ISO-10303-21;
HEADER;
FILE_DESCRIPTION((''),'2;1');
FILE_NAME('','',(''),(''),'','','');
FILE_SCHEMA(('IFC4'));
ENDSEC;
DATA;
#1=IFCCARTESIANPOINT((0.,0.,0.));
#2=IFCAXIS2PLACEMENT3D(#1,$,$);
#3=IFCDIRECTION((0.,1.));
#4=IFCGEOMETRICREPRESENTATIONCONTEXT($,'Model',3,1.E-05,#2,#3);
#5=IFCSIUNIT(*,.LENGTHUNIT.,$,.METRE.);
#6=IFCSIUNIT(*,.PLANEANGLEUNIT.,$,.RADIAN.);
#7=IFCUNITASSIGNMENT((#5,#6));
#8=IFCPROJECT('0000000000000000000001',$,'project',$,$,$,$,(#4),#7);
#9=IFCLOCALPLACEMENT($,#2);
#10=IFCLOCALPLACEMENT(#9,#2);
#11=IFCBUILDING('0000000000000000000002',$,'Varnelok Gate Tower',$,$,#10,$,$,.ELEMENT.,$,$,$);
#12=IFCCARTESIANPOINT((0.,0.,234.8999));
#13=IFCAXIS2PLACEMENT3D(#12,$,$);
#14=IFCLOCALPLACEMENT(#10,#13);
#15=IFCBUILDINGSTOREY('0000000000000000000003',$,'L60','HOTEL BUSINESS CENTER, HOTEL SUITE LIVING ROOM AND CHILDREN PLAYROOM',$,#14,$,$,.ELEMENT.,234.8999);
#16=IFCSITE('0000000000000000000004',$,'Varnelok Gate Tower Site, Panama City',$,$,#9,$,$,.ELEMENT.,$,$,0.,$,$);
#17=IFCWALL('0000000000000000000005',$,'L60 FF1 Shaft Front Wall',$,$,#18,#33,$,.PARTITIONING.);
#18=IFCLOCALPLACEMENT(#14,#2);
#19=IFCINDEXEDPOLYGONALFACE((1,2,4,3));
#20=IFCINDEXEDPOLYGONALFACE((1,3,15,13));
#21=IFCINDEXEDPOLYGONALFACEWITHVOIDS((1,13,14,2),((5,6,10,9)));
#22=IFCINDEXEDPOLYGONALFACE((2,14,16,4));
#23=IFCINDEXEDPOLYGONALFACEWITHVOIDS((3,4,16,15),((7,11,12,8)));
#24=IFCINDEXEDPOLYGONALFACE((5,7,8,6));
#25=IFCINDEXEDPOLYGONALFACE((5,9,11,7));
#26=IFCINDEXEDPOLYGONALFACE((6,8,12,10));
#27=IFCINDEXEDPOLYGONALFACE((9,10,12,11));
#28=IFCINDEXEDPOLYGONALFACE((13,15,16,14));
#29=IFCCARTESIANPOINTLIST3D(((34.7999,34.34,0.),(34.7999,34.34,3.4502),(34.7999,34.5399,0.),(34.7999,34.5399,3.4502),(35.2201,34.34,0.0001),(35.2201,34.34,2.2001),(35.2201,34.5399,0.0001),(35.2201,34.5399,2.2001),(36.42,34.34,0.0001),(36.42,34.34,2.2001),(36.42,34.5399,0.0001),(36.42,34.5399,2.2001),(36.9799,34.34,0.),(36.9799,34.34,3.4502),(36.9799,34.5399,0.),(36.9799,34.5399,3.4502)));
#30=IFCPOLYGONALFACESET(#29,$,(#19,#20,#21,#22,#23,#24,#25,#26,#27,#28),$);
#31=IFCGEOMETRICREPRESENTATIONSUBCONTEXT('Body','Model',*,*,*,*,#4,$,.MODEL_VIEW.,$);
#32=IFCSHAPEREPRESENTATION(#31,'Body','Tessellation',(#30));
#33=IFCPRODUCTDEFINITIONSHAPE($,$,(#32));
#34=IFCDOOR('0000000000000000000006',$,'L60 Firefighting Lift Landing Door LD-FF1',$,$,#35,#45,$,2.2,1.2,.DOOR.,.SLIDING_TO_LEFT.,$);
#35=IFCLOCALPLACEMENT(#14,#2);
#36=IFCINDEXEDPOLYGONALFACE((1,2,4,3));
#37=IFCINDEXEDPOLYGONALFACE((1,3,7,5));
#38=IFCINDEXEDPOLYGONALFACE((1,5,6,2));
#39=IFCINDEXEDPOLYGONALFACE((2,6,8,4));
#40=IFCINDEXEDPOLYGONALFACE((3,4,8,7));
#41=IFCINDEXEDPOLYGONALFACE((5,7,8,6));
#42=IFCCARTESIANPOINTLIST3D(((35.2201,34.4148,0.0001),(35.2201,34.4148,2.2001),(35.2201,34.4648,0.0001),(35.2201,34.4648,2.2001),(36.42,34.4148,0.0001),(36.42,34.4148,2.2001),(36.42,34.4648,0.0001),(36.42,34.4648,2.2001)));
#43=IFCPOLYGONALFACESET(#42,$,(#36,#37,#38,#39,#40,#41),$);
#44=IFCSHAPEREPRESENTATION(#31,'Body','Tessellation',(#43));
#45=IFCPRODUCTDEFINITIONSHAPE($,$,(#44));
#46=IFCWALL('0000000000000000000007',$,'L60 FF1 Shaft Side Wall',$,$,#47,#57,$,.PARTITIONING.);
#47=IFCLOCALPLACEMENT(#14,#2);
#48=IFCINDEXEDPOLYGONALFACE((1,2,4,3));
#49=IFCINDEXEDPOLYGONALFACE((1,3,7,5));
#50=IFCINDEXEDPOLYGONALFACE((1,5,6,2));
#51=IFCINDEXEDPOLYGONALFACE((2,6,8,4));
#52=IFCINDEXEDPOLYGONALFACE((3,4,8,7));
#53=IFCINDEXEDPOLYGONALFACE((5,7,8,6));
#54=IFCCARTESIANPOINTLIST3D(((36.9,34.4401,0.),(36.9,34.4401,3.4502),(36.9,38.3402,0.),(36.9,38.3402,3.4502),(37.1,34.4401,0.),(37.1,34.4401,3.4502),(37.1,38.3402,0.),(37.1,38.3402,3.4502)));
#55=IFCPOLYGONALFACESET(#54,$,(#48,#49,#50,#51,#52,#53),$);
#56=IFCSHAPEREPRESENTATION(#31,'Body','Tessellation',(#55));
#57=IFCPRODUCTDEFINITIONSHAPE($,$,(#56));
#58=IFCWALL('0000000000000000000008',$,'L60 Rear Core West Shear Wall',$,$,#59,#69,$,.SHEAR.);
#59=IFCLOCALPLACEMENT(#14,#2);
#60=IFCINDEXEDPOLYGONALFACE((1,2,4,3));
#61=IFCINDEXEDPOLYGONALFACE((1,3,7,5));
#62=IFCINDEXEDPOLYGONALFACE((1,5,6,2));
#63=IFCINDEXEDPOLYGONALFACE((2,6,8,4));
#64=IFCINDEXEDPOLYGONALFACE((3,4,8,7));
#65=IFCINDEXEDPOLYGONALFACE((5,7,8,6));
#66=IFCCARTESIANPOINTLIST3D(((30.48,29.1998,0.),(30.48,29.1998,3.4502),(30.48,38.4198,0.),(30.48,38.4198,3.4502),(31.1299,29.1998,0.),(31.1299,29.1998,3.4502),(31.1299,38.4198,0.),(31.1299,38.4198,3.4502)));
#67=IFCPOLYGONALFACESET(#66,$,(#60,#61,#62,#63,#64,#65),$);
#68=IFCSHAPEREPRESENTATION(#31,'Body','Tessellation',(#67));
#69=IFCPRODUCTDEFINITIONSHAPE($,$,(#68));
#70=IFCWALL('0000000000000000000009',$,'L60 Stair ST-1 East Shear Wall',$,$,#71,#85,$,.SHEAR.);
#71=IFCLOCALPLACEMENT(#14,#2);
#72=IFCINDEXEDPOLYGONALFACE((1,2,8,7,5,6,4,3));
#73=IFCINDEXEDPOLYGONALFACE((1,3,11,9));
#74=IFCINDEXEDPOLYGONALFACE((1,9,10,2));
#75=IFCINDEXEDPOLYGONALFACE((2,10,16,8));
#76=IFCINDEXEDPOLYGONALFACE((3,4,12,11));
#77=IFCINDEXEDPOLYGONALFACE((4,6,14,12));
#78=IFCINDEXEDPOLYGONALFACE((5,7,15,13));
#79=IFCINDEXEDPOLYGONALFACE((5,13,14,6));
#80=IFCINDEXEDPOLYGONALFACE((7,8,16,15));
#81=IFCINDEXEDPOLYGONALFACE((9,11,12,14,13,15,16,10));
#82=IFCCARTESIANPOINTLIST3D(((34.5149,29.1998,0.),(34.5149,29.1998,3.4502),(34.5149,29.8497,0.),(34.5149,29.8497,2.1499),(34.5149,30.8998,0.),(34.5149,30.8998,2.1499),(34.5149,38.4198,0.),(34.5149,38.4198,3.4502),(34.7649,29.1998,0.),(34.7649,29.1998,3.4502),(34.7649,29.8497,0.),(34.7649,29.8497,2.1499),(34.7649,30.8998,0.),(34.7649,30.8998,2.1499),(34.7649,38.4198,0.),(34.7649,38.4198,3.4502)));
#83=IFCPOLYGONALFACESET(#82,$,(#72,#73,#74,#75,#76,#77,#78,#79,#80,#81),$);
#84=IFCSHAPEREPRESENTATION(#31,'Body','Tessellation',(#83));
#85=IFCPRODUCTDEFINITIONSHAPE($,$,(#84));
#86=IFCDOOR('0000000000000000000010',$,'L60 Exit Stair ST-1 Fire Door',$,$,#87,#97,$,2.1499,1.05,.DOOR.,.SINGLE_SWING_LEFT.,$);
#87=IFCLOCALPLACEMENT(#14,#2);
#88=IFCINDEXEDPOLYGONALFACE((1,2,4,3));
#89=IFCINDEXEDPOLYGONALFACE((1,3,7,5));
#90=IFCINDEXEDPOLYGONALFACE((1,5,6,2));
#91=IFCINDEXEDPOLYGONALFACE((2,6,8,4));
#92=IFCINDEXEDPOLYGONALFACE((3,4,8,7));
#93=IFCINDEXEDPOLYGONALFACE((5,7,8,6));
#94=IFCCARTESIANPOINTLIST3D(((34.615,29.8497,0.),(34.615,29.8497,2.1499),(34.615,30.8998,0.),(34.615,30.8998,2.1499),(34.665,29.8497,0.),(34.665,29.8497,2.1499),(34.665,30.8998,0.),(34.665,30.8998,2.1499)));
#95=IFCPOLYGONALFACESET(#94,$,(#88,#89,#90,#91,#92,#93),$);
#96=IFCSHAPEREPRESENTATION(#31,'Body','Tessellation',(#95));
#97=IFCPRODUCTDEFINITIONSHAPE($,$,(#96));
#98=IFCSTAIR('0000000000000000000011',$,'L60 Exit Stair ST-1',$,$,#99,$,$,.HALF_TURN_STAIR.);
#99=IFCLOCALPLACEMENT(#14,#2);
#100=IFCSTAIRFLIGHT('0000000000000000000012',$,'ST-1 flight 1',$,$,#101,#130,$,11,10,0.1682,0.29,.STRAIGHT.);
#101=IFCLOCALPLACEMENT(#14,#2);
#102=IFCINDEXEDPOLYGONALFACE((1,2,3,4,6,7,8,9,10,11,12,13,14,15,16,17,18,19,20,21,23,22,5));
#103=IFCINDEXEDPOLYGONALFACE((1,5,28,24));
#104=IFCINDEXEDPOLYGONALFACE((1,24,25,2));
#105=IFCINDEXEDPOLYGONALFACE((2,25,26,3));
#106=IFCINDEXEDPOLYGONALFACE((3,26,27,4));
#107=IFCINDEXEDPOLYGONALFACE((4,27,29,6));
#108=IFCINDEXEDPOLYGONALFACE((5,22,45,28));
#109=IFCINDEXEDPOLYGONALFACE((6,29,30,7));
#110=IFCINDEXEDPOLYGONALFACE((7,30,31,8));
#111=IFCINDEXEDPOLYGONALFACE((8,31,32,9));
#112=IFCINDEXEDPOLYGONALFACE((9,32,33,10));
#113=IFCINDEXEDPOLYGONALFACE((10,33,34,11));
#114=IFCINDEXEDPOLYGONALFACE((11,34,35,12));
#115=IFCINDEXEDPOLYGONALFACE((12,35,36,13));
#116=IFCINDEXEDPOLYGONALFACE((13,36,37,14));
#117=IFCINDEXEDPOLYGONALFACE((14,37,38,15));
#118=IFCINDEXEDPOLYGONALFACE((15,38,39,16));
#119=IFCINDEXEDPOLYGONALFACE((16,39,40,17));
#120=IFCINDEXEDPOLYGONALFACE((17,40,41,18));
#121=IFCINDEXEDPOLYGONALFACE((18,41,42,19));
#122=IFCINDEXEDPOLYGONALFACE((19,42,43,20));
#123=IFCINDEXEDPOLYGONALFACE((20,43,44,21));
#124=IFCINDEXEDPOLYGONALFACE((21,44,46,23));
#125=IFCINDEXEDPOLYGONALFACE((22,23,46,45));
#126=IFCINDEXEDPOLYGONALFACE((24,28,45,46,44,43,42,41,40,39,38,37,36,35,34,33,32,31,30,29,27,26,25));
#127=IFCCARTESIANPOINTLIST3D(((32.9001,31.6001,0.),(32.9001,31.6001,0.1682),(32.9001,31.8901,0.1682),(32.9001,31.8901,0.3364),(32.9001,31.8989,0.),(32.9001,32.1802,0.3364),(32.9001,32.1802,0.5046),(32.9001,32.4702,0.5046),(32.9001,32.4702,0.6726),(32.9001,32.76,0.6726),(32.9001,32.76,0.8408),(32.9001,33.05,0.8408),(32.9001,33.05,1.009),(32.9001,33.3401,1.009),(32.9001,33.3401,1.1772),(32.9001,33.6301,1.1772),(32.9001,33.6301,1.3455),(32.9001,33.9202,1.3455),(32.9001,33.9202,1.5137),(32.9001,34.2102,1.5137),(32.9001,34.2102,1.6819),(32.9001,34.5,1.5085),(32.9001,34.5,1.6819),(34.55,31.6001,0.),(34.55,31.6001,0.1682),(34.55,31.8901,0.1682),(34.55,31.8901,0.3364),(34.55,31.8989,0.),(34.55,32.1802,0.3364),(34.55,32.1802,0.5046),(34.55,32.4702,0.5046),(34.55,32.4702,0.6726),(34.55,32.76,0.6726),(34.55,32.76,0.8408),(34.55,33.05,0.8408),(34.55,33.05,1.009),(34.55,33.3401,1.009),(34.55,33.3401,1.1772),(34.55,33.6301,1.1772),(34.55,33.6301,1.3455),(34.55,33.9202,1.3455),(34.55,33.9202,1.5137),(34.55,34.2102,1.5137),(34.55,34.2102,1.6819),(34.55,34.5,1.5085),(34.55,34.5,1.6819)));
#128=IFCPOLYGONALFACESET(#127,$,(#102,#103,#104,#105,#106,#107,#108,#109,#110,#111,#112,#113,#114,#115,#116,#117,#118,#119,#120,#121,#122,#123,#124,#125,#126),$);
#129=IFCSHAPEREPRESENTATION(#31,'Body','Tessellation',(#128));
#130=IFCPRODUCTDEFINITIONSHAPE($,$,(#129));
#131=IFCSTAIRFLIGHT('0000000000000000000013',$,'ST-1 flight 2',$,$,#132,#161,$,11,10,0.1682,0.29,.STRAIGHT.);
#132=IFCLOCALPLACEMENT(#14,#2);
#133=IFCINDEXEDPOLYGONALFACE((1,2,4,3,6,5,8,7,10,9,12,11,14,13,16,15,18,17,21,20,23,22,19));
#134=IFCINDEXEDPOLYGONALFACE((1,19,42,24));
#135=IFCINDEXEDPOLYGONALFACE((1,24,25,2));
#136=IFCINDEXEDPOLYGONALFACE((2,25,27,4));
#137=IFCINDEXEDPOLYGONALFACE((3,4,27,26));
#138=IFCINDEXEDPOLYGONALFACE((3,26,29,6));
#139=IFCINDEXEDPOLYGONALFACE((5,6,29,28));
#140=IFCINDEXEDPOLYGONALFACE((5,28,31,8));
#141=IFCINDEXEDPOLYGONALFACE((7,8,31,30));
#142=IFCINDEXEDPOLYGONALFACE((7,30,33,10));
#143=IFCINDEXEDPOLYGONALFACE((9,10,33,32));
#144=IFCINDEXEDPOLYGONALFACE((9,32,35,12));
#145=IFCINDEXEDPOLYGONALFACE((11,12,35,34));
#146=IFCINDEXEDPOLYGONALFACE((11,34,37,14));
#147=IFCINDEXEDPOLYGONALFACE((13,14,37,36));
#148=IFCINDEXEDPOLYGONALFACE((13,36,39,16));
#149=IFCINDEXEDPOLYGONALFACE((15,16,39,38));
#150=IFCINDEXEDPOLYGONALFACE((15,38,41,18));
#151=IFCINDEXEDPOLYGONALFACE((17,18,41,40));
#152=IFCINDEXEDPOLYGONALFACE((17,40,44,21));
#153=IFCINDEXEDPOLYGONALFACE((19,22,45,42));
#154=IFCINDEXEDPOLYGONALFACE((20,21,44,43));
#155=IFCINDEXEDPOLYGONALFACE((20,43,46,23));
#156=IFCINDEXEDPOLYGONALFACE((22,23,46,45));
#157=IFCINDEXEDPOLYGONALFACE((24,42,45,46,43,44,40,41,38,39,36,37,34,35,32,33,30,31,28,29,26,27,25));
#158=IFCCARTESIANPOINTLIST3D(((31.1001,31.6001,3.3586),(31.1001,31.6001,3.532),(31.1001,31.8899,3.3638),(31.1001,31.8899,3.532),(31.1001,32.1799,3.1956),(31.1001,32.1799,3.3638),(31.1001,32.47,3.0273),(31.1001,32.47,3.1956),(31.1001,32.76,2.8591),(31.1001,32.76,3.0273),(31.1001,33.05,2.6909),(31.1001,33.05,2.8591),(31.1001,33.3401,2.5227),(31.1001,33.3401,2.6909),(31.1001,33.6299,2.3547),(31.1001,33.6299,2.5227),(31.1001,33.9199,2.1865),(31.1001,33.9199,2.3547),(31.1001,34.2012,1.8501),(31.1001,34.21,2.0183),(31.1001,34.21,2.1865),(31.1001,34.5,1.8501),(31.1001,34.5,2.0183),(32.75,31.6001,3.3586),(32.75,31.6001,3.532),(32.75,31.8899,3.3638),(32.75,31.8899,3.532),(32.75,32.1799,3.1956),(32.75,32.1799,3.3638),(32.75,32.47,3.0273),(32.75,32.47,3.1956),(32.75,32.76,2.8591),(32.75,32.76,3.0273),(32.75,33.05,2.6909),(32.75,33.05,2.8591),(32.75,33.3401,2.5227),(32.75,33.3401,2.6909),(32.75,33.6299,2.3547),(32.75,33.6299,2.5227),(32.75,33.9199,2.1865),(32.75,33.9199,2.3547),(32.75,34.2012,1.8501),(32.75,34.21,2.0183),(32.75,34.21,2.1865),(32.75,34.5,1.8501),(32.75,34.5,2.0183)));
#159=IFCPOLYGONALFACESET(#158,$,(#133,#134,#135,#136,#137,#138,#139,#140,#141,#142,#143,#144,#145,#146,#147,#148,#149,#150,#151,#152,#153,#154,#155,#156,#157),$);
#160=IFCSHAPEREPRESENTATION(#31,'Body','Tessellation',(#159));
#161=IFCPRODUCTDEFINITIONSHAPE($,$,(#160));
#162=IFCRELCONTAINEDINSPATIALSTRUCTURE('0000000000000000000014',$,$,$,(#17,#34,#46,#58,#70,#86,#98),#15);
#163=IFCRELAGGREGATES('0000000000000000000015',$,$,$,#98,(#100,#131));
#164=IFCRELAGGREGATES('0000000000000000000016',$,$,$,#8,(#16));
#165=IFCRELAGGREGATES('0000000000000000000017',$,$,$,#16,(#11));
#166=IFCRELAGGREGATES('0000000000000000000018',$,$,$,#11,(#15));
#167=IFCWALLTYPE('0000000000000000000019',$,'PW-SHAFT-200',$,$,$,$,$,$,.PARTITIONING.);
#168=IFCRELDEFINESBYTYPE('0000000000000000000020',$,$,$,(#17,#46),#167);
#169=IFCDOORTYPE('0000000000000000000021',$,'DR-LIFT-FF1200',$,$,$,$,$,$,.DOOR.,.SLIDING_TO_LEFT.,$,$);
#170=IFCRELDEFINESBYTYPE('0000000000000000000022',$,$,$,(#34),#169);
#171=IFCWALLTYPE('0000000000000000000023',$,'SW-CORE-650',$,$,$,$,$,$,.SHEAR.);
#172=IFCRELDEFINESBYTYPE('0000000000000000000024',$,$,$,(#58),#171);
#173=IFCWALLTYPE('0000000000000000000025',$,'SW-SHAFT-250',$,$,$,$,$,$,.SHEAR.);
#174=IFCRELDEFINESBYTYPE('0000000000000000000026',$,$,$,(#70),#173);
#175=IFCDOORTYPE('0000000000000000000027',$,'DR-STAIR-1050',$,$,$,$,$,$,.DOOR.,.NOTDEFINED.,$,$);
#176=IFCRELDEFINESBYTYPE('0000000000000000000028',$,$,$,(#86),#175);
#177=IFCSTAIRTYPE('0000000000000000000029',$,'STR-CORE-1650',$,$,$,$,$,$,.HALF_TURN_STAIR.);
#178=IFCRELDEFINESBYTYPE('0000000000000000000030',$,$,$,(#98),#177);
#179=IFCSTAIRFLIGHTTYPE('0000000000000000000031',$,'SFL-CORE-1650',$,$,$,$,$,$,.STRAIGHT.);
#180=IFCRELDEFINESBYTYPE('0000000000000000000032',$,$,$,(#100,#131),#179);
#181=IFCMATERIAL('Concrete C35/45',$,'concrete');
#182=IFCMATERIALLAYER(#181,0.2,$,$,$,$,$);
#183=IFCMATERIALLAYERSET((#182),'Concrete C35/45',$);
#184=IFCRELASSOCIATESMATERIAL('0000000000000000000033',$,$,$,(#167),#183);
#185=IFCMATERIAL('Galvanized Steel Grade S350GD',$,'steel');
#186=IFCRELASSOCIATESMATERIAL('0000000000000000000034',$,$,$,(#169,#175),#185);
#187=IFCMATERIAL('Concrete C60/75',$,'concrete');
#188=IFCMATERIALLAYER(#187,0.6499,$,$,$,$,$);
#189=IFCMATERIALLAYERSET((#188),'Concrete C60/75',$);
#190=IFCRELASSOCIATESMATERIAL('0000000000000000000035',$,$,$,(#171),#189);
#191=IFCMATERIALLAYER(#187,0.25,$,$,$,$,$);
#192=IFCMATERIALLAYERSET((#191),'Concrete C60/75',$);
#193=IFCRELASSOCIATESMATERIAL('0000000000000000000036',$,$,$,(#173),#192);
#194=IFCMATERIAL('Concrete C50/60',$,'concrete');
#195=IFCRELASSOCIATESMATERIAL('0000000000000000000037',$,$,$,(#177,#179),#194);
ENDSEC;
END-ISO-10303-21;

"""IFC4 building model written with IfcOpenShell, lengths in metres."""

from ifc_helpers import new_model, si_unit, direction, frame, frame_2d, origin, place, context, subcontext, project, spatial, polyline, rectangle, outline, extrude, material, layer, layer_set, type_object, element, fill, aggregate, save


model = new_model("IFC4")

# Units and contexts
model_context = context("Model", 3, precision=1e-05, world=origin(), true_north=direction((0.0, 1.0)))
body_context = subcontext(model_context, "Body", "Model", "MODEL_VIEW")
ifc_project = project(units=[si_unit("LENGTHUNIT", "METRE"), si_unit("PLANEANGLEUNIT", "RADIAN")], contexts=[model_context])

# Site, building, storey
site_placement = place(None, origin())
site = spatial("IfcSite", under=ifc_project, at=site_placement, Name="Varnelok Gate Tower Site, Panama City", CompositionType="ELEMENT", RefElevation=0.0)
building_placement = place(site_placement, origin())
building = spatial("IfcBuilding", under=site, at=building_placement, Name="Varnelok Gate Tower", CompositionType="ELEMENT")
storey_placement = place(building_placement, frame((0.0, 0.0, 234.8999)))
storey = spatial("IfcBuildingStorey", under=building, at=storey_placement, Name="L60", Description="HOTEL BUSINESS CENTER, HOTEL SUITE LIVING ROOM AND CHILDREN PLAYROOM", CompositionType="ELEMENT", Elevation=234.8999)

# Shared definitions
ifc_material_1 = material(Name="Concrete C60/75", Category="concrete")

# Wall, opening, door
ifc_material_2 = material(Name="Concrete C35/45", Category="concrete")
ifc_layer_1 = layer(ifc_material_2, 0.2)
ifc_layer_set_1 = layer_set([ifc_layer_1], Name="Concrete C35/45")
wall_type_1 = type_object("IfcWallType", Name="PW-SHAFT-200", PredefinedType="PARTITIONING", material=ifc_layer_set_1)
wall_1_placement = place(storey_placement, frame((34.8, 34.4399, 0.0), z_axis=(0.0, 0.0, 1.0), x_axis=(1.0, 0.0, 0.0)))
wall_1 = element("IfcWall", 1, at=wall_1_placement, inside=storey, type_object=wall_type_1, Name="L60 FF1 Shaft Front Wall", PredefinedType="PARTITIONING", context=body_context, shape_type="SweptSolid", body=[
    extrude(rectangle(XDim=2.1799, YDim=0.2, at=frame_2d((1.0898, 0.0))), origin(), (0.0, 0.0, 1.0), 3.4502),
])
opening_1_placement = place(wall_1_placement, frame((0.4199, 0.0, 0.0)))
opening_1 = element("IfcOpeningElement", 2, at=opening_1_placement, cuts=wall_1, PredefinedType="OPENING", context=body_context, shape_type="SweptSolid", body=[
    extrude(rectangle(XDim=1.2, YDim=2.2, at=frame_2d((0.6001, 1.1001))), frame((0.0, 0.1099, 0.0), z_axis=(0.0, -1.0, 0.0), x_axis=(1.0, 0.0, 0.0)), (0.0, 0.0, 1.0), 0.22),
])
ifc_material_3 = material(Name="Galvanized Steel Grade S350GD", Category="steel")
door_type_1 = type_object("IfcDoorType", Name="DR-LIFT-FF1200", OperationType="SLIDING_TO_LEFT", PredefinedType="DOOR", material=ifc_material_3)
door_1_placement = place(opening_1_placement, origin())
door_1 = element("IfcDoor", 3, at=door_1_placement, inside=storey, type_object=door_type_1, Name="L60 Firefighting Lift Landing Door LD-FF1", OperationType="SLIDING_TO_LEFT", OverallHeight=2.2, OverallWidth=1.2, PredefinedType="DOOR", context=body_context, shape_type="SweptSolid", body=[
    extrude(rectangle(XDim=1.2, YDim=2.2, at=frame_2d((0.6001, 1.1001))), frame((0.0, 0.0249, 0.0), z_axis=(0.0, -1.0, 0.0), x_axis=(1.0, 0.0, 0.0)), (0.0, 0.0, 1.0), 0.05),
])
fill(opening_1, door_1)

# Walls
wall_2_placement = place(storey_placement, frame((37.0, 34.4399, 0.0), z_axis=(0.0, 0.0, 1.0), x_axis=(0.0, 1.0, 0.0)))
element("IfcWall", 4, at=wall_2_placement, inside=storey, type_object=wall_type_1, Name="L60 FF1 Shaft Side Wall", PredefinedType="PARTITIONING", context=body_context, shape_type="SweptSolid", body=[
    extrude(rectangle(XDim=3.9001, YDim=0.2, at=frame_2d((1.9502, 0.0))), origin(), (0.0, 0.0, 1.0), 3.4502),
])
ifc_layer_2 = layer(ifc_material_1, 0.6499)
ifc_layer_set_2 = layer_set([ifc_layer_2], Name="Concrete C60/75")
wall_type_2 = type_object("IfcWallType", Name="SW-CORE-650", PredefinedType="SHEAR", material=ifc_layer_set_2)
wall_3_placement = place(storey_placement, frame((30.8049, 29.2, 0.0), z_axis=(0.0, 0.0, 1.0), x_axis=(0.0, 1.0, 0.0)))
element("IfcWall", 5, at=wall_3_placement, inside=storey, type_object=wall_type_2, Name="L60 Rear Core West Shear Wall", PredefinedType="SHEAR", context=body_context, shape_type="SweptSolid", body=[
    extrude(rectangle(XDim=9.22, YDim=0.6499, at=frame_2d((4.6099, 0.0))), origin(), (0.0, 0.0, 1.0), 3.4502),
])

# Wall, opening, door
ifc_layer_3 = layer(ifc_material_1, 0.25)
ifc_layer_set_3 = layer_set([ifc_layer_3], Name="Concrete C60/75")
wall_type_3 = type_object("IfcWallType", Name="SW-SHAFT-250", PredefinedType="SHEAR", material=ifc_layer_set_3)
wall_4_placement = place(storey_placement, frame((34.6399, 29.2, 0.0), z_axis=(0.0, 0.0, 1.0), x_axis=(0.0, 1.0, 0.0)))
wall_4 = element("IfcWall", 6, at=wall_4_placement, inside=storey, type_object=wall_type_3, Name="L60 Stair ST-1 East Shear Wall", PredefinedType="SHEAR", context=body_context, shape_type="SweptSolid", body=[
    extrude(rectangle(XDim=9.22, YDim=0.25, at=frame_2d((4.6099, 0.0))), origin(), (0.0, 0.0, 1.0), 3.4502),
])
opening_2_placement = place(wall_4_placement, frame((0.6499, 0.0, 0.0)))
opening_2 = element("IfcOpeningElement", 7, at=opening_2_placement, cuts=wall_4, PredefinedType="OPENING", context=body_context, shape_type="SweptSolid", body=[
    extrude(rectangle(XDim=1.05, YDim=2.1499, at=frame_2d((0.5249, 1.075))), frame((0.0, 0.135, 0.0), z_axis=(0.0, -1.0, 0.0), x_axis=(1.0, 0.0, 0.0)), (0.0, 0.0, 1.0), 0.27),
])
door_type_2 = type_object("IfcDoorType", Name="DR-STAIR-1050", OperationType="NOTDEFINED", PredefinedType="DOOR", material=ifc_material_3)
door_2_placement = place(opening_2_placement, origin())
door_2 = element("IfcDoor", 8, at=door_2_placement, inside=storey, type_object=door_type_2, Name="L60 Exit Stair ST-1 Fire Door", OperationType="SINGLE_SWING_LEFT", OverallHeight=2.1499, OverallWidth=1.05, PredefinedType="DOOR", context=body_context, shape_type="SweptSolid", body=[
    extrude(rectangle(XDim=1.05, YDim=2.1499, at=frame_2d((0.5249, 1.075))), frame((0.0, 0.0249, 0.0), z_axis=(0.0, -1.0, 0.0), x_axis=(1.0, 0.0, 0.0)), (0.0, 0.0, 1.0), 0.05),
])
fill(opening_2, door_2)

# Stair, stair flights
ifc_material_4 = material(Name="Concrete C50/60", Category="concrete")
stair_type = type_object("IfcStairType", Name="STR-CORE-1650", PredefinedType="HALF_TURN_STAIR", material=ifc_material_4)
stair_placement = place(storey_placement, origin())
stair = element("IfcStair", 9, at=stair_placement, inside=storey, type_object=stair_type, Name="L60 Exit Stair ST-1", PredefinedType="HALF_TURN_STAIR")
stair_flight_type = type_object("IfcStairFlightType", Name="SFL-CORE-1650", PredefinedType="STRAIGHT", material=ifc_material_4)
stair_flight_1_placement = place(storey_placement, frame((33.7251, 31.6001, 0.0), z_axis=(0.0, 0.0, 1.0), x_axis=(0.0, 1.0, 0.0)))
stair_flight_1 = element("IfcStairFlight", 10, at=stair_flight_1_placement, type_object=stair_flight_type, Name="ST-1 flight 1", NumberOfRisers=11, NumberOfTreads=10, PredefinedType="STRAIGHT", RiserHeight=0.1682, TreadLength=0.29, context=body_context, shape_type="SweptSolid", body=[
    extrude(outline(polyline([(0.0, 0.0), (0.0, 0.1682), (0.29, 0.1682), (0.29, 0.3364), (0.5801, 0.3364), (0.5801, 0.5046), (0.8701, 0.5046), (0.8701, 0.6726), (1.1599, 0.6726), (1.1599, 0.8408), (1.45, 0.8408), (1.45, 1.009), (1.74, 1.009), (1.74, 1.1772), (2.03, 1.1772), (2.03, 1.3455), (2.3201, 1.3455), (2.3201, 1.5137), (2.6101, 1.5137), (2.6101, 1.6819), (2.8999, 1.6819), (2.8999, 1.8501), (2.8999, 1.5085), (0.2988, 0.0), (0.0, 0.0)])), frame((0.0, 0.825, 0.0), z_axis=(0.0, -1.0, 0.0), x_axis=(1.0, 0.0, 0.0)), (0.0, 0.0, 1.0), 1.6499),
])
stair_flight_2_placement = place(storey_placement, frame((31.925, 34.5, 1.8501), z_axis=(0.0, 0.0, 1.0), x_axis=(0.0, -1.0, 0.0)))
stair_flight_2 = element("IfcStairFlight", 11, at=stair_flight_2_placement, type_object=stair_flight_type, Name="ST-1 flight 2", NumberOfRisers=11, NumberOfTreads=10, PredefinedType="STRAIGHT", RiserHeight=0.1682, TreadLength=0.29, context=body_context, shape_type="SweptSolid", body=[
    extrude(outline(polyline([(0.0, 0.0), (0.0, 0.1682), (0.29, 0.1682), (0.29, 0.3364), (0.5801, 0.3364), (0.5801, 0.5046), (0.8701, 0.5046), (0.8701, 0.6726), (1.1599, 0.6726), (1.1599, 0.8408), (1.45, 0.8408), (1.45, 1.009), (1.74, 1.009), (1.74, 1.1772), (2.03, 1.1772), (2.03, 1.3455), (2.3201, 1.3455), (2.3201, 1.5137), (2.6101, 1.5137), (2.6101, 1.6819), (2.8999, 1.6819), (2.8999, 1.8501), (2.8999, 1.5085), (0.2988, 0.0), (0.0, 0.0)])), frame((0.0, 0.825, 0.0), z_axis=(0.0, -1.0, 0.0), x_axis=(1.0, 0.0, 0.0)), (0.0, 0.0, 1.0), 1.6499),
])
aggregate(stair, [stair_flight_1, stair_flight_2])

save(model, "model.ifc")
